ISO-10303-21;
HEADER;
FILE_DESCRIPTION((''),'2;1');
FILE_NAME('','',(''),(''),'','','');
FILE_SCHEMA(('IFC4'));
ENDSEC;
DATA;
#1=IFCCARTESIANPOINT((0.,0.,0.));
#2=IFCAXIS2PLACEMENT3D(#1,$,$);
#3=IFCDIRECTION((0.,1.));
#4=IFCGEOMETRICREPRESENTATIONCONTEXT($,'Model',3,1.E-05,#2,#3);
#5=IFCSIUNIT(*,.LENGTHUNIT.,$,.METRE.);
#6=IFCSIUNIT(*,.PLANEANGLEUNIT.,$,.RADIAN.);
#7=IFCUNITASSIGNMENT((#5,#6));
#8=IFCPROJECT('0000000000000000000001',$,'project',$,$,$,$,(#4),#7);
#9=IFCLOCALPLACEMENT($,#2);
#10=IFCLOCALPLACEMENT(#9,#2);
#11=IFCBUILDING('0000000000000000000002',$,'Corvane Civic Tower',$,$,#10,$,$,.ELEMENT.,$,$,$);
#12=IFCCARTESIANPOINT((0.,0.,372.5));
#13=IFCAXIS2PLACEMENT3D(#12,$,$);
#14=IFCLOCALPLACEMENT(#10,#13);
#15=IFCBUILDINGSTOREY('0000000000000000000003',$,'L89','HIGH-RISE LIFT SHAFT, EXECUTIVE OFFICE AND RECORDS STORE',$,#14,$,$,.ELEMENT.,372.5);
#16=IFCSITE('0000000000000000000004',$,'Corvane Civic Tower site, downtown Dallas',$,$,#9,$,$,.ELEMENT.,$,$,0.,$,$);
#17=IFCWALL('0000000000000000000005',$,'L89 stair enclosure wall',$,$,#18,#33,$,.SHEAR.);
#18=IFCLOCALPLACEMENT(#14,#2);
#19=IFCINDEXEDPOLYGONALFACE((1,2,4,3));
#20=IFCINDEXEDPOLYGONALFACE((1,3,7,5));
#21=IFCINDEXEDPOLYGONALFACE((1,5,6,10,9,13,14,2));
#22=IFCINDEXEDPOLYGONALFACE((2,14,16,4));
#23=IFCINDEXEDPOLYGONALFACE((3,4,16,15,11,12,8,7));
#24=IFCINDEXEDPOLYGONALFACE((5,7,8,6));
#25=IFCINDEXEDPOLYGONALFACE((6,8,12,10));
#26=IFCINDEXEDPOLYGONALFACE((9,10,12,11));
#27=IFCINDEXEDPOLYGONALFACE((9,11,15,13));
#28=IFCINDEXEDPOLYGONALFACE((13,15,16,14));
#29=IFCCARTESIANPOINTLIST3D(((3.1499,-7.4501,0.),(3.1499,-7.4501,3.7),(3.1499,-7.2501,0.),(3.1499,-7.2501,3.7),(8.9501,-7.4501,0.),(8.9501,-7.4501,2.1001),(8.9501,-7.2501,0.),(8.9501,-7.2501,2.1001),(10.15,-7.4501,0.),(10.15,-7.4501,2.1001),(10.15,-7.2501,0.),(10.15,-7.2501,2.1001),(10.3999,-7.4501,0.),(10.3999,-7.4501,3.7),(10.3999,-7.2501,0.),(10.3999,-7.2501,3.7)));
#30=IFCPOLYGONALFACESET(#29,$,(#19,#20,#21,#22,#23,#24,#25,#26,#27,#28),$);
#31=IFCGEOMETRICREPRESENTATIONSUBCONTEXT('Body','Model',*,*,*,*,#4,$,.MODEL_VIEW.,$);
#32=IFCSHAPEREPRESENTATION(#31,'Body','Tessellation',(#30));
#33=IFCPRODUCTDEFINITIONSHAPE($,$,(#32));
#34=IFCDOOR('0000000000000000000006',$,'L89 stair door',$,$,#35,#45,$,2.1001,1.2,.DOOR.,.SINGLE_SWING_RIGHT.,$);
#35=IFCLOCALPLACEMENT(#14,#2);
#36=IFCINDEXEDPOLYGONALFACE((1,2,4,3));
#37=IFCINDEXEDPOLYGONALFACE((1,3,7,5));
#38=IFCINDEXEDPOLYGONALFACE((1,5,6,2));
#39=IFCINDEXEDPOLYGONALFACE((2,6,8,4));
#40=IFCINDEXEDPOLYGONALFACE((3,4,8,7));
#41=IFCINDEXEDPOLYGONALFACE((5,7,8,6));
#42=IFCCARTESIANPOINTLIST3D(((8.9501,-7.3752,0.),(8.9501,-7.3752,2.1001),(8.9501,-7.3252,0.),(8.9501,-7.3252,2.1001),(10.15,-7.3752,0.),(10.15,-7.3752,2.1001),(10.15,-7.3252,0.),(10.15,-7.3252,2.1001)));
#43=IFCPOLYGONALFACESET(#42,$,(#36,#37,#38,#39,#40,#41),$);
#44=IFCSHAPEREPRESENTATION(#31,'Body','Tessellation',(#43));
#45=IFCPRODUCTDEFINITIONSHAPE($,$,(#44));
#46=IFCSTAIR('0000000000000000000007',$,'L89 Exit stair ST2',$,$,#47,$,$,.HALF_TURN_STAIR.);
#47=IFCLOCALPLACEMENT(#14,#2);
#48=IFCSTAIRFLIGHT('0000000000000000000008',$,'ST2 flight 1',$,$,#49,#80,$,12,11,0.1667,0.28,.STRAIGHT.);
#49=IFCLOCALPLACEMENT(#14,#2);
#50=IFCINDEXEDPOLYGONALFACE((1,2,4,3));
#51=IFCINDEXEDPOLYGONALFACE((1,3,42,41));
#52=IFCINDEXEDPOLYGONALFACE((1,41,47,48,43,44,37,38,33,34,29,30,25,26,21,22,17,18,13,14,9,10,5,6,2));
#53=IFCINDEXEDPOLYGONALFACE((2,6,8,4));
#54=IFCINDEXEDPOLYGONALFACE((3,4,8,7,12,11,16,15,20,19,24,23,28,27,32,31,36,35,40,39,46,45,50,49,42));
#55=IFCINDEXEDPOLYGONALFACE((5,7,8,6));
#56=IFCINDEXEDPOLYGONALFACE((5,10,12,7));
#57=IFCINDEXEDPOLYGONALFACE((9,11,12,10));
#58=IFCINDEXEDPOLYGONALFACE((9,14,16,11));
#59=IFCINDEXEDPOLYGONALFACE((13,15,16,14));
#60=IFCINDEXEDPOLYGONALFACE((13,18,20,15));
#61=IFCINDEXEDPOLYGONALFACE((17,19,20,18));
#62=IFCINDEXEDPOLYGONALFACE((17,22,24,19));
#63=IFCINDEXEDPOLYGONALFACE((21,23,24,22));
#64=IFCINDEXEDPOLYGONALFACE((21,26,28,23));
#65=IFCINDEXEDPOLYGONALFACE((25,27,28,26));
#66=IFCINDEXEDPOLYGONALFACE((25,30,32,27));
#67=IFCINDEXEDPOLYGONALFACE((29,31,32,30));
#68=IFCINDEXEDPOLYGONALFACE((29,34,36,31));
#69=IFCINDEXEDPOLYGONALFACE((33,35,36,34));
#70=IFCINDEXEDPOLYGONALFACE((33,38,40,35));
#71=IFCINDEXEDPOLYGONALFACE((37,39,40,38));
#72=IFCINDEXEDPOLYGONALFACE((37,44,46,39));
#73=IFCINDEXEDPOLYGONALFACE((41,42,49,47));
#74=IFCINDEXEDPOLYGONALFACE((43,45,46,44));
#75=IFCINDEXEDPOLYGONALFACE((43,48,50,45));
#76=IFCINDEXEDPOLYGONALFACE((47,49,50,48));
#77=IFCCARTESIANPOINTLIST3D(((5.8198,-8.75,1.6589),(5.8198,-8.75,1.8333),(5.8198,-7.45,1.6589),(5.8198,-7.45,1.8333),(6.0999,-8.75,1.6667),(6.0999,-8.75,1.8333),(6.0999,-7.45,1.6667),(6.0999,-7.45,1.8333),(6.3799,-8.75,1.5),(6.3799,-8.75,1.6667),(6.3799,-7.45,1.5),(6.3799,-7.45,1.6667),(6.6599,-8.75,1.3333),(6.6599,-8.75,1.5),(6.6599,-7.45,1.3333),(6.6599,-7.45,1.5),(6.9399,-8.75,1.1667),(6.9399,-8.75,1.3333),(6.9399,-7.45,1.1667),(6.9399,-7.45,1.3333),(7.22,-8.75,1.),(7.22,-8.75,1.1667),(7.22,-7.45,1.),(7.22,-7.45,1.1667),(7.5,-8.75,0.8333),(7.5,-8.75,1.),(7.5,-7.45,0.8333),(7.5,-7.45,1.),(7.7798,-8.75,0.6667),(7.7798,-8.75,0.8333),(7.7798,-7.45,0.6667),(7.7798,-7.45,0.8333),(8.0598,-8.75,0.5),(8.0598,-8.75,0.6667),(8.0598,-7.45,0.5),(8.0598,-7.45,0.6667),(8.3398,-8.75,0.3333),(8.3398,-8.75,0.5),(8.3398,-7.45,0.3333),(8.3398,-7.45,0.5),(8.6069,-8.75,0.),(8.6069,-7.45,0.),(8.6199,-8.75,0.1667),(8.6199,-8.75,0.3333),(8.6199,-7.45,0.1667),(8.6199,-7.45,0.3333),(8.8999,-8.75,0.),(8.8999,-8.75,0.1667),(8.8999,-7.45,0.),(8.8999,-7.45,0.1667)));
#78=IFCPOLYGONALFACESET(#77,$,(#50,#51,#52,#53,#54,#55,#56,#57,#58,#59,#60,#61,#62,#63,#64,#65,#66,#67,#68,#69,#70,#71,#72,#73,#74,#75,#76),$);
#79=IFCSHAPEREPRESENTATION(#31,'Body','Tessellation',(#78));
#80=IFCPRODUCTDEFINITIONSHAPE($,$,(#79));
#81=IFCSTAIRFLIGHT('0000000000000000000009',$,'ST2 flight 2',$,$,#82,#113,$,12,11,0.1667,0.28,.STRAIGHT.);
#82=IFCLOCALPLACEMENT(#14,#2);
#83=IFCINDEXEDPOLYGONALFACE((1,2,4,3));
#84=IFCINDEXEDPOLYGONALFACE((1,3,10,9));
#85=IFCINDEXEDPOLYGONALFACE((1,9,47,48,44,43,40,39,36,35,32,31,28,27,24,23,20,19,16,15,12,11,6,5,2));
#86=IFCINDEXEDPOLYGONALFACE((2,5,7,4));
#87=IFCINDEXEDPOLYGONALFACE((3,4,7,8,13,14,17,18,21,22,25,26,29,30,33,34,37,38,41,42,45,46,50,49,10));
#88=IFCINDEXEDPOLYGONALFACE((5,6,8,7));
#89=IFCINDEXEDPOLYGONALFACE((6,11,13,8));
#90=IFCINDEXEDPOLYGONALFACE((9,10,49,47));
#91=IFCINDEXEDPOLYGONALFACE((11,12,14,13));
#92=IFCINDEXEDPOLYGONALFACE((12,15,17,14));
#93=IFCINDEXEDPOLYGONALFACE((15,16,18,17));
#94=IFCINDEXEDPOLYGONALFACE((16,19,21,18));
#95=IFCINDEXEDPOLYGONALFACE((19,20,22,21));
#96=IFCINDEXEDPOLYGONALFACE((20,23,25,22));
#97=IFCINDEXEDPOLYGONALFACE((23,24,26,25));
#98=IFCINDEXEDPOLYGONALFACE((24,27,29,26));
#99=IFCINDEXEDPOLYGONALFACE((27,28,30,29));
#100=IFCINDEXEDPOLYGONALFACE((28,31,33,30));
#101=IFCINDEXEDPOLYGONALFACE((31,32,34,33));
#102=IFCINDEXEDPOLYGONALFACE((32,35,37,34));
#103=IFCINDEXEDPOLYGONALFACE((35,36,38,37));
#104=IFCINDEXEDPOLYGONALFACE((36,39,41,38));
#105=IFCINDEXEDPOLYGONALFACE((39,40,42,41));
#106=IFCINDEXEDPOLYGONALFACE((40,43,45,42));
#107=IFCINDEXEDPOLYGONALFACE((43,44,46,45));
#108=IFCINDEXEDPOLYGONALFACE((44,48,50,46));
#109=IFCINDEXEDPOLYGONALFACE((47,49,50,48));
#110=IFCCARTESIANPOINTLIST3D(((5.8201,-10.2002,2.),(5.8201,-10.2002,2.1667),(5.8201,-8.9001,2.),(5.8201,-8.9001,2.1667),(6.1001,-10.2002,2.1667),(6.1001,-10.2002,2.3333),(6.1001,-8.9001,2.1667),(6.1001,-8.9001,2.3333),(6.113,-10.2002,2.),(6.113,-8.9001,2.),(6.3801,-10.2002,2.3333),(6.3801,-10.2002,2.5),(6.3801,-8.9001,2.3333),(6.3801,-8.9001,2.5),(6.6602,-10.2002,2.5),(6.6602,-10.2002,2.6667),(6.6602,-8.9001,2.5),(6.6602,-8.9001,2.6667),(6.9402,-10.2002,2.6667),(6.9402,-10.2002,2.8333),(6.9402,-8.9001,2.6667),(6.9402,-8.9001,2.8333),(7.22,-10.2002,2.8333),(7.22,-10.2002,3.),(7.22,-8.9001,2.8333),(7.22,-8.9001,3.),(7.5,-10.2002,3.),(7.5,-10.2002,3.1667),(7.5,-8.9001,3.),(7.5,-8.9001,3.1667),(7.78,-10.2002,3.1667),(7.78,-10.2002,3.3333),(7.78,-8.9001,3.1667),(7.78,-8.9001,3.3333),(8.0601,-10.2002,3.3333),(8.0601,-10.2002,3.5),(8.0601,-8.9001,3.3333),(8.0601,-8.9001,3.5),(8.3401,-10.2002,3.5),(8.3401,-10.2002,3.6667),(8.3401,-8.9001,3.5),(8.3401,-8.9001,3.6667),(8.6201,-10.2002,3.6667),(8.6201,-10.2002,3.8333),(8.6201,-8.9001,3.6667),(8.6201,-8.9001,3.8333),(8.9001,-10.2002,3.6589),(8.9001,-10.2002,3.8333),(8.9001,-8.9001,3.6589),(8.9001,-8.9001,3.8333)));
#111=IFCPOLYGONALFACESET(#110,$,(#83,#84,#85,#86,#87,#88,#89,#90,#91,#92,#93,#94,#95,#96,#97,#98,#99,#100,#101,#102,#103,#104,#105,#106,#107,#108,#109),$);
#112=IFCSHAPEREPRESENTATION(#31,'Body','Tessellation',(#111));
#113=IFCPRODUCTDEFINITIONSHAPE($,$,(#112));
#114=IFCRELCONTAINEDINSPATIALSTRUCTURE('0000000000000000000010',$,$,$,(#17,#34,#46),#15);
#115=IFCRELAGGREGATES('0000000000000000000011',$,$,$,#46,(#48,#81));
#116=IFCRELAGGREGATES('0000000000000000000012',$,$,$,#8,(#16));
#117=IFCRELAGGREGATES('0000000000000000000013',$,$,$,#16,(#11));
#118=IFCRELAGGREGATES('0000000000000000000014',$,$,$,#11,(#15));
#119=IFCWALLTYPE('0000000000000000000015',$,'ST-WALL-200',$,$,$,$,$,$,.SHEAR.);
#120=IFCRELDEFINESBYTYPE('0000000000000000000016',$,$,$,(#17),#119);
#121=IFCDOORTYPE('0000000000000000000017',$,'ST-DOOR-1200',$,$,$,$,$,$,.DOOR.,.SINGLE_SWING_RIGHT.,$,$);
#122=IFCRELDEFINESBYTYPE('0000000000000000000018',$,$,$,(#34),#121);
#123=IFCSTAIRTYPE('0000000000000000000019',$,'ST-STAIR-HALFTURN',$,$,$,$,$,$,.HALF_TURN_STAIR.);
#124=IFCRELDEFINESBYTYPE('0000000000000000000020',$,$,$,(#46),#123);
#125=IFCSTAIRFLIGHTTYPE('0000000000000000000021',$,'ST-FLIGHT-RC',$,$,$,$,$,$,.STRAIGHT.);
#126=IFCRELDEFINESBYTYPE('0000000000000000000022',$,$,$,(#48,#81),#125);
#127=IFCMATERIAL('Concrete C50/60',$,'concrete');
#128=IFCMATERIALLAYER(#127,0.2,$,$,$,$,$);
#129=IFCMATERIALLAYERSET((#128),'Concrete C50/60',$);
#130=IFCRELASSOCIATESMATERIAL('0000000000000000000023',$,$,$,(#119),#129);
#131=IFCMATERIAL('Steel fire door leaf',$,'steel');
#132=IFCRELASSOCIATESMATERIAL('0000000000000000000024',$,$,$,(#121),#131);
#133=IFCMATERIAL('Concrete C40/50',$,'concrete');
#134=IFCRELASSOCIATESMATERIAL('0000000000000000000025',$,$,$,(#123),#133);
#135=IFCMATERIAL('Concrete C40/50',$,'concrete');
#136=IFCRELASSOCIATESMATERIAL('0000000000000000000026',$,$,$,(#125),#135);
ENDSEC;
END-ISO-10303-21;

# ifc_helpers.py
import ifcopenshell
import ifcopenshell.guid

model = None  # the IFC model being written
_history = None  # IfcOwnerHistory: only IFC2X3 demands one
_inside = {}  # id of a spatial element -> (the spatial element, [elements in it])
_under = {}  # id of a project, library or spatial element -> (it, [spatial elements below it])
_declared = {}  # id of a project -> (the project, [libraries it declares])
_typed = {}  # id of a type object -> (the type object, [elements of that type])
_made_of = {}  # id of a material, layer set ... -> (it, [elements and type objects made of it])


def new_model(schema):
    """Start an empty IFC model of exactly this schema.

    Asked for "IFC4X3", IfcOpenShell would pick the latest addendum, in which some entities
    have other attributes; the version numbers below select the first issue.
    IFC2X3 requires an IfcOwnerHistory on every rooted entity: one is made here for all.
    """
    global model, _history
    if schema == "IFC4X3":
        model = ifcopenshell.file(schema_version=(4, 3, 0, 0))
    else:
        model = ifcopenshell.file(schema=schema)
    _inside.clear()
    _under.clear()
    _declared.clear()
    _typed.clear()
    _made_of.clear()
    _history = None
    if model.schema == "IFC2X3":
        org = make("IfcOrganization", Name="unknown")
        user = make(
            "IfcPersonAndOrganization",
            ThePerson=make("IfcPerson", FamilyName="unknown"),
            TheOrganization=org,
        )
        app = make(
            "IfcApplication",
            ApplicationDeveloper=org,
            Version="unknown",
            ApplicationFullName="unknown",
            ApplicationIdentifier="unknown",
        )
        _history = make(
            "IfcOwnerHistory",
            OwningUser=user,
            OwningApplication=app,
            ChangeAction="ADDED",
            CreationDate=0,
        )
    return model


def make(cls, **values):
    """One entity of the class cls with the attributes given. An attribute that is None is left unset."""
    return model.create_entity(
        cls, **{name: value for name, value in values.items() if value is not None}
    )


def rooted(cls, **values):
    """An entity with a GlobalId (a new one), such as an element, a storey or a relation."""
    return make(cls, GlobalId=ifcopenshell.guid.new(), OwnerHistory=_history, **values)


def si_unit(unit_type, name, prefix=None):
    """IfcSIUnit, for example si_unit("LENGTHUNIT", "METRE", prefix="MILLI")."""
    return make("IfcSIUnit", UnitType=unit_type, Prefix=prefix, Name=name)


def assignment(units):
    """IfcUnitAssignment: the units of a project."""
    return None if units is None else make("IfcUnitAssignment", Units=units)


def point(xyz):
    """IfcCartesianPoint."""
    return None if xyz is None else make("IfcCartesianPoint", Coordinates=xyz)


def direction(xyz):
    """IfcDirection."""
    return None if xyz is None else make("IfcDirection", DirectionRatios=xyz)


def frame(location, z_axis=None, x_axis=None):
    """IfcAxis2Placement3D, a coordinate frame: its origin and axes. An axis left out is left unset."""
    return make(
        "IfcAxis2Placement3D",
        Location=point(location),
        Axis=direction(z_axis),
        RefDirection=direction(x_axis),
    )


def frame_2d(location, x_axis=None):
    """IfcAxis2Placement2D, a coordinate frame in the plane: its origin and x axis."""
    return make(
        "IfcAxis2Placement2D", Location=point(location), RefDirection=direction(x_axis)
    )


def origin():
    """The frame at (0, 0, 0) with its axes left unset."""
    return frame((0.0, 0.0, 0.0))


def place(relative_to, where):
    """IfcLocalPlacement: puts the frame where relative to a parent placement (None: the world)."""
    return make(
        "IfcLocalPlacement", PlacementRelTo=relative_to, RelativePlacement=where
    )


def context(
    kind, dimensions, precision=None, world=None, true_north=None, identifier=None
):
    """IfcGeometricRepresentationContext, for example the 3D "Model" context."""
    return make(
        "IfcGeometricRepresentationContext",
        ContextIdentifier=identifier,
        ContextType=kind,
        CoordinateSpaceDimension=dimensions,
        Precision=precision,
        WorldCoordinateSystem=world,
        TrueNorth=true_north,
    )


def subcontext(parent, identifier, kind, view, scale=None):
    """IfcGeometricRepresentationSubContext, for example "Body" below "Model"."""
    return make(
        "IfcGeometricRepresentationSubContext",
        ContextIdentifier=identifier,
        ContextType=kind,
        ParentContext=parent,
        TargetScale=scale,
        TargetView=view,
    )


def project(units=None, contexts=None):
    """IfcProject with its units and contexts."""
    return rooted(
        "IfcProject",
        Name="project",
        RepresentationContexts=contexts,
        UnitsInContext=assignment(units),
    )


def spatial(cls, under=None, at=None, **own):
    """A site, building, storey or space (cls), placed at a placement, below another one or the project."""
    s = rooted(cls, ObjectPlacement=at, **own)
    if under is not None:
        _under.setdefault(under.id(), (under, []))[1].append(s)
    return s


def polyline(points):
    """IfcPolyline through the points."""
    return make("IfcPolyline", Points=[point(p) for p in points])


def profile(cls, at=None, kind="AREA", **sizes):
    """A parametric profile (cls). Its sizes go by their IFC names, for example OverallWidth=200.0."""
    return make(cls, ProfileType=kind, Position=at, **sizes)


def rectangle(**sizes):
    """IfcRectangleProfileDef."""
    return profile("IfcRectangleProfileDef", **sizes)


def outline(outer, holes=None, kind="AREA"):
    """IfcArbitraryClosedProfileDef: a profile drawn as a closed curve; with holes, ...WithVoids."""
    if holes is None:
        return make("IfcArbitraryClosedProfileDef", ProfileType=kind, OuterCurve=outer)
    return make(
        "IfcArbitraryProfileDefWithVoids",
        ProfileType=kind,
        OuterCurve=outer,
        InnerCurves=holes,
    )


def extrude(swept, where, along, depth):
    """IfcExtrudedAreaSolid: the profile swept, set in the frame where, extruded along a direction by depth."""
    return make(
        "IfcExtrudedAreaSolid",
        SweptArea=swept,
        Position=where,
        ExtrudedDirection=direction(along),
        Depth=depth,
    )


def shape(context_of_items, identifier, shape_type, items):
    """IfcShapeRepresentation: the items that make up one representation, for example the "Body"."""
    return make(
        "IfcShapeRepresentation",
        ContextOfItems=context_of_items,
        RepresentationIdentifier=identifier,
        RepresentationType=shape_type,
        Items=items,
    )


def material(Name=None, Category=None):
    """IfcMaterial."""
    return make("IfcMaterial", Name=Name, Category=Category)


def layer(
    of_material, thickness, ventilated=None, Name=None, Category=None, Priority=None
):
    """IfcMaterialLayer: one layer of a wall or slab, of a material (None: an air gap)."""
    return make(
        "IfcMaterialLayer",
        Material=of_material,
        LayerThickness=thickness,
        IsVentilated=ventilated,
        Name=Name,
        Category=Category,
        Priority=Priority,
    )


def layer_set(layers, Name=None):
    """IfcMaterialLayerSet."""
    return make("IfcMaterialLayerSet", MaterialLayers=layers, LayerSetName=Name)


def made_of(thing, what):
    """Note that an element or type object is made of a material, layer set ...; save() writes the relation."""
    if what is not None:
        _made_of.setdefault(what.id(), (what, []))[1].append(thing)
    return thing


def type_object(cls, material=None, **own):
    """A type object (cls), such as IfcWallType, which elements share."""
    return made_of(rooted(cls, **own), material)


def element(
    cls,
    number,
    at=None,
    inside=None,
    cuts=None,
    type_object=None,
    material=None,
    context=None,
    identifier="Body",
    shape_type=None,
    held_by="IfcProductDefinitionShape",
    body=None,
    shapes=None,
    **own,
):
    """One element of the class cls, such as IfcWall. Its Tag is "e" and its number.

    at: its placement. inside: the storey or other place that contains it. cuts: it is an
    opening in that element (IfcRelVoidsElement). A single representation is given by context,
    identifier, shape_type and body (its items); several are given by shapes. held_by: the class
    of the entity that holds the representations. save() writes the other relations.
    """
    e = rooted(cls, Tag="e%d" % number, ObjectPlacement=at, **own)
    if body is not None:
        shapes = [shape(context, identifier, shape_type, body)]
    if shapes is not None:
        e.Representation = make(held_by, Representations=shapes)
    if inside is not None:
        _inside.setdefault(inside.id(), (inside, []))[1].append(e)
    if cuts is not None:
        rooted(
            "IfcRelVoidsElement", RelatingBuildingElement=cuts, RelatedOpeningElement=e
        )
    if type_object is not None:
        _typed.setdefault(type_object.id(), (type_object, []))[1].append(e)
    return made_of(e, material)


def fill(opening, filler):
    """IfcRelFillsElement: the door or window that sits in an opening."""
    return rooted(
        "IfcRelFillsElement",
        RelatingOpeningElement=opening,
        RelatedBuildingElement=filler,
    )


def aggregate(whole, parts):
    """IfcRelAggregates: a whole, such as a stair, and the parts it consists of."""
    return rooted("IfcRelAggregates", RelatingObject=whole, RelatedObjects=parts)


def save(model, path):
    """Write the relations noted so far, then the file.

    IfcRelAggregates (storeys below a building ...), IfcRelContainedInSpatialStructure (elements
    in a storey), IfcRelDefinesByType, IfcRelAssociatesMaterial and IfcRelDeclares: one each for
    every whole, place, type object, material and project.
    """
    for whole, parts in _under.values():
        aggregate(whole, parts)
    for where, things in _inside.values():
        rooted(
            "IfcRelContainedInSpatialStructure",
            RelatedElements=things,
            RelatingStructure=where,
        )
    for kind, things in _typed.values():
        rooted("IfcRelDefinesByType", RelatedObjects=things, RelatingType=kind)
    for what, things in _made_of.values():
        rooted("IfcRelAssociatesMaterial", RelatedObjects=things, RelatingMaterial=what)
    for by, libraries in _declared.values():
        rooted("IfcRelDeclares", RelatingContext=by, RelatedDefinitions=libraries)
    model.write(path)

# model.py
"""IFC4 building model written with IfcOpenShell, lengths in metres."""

from ifc_helpers import new_model, si_unit, direction, frame, frame_2d, origin, place, context, subcontext, project, spatial, polyline, rectangle, outline, extrude, material, layer, layer_set, type_object, element, fill, aggregate, save


model = new_model("IFC4")

# Units and contexts
model_context = context("Model", 3, precision=1e-05, world=origin(), true_north=direction((0.0, 1.0)))
body_context = subcontext(model_context, "Body", "Model", "MODEL_VIEW")
ifc_project = project(units=[si_unit("LENGTHUNIT", "METRE"), si_unit("PLANEANGLEUNIT", "RADIAN")], contexts=[model_context])

# Site, building, storey
site_placement = place(None, origin())
site = spatial("IfcSite", under=ifc_project, at=site_placement, Name="Corvane Civic Tower site, downtown Dallas", CompositionType="ELEMENT", RefElevation=0.0)
building_placement = place(site_placement, origin())
building = spatial("IfcBuilding", under=site, at=building_placement, Name="Corvane Civic Tower", CompositionType="ELEMENT")
storey_placement = place(building_placement, frame((0.0, 0.0, 372.5)))
storey = spatial("IfcBuildingStorey", under=building, at=storey_placement, Name="L89", Description="HIGH-RISE LIFT SHAFT, EXECUTIVE OFFICE AND RECORDS STORE", CompositionType="ELEMENT", Elevation=372.5)

# Wall, opening, door
ifc_material_1 = material(Name="Concrete C50/60", Category="concrete")
ifc_layer_1 = layer(ifc_material_1, 0.2)
ifc_layer_set_1 = layer_set([ifc_layer_1], Name="Concrete C50/60")
wall_type_1 = type_object("IfcWallType", Name="ST-WALL-200", PredefinedType="SHEAR", material=ifc_layer_set_1)
wall_1_placement = place(storey_placement, frame((3.1499, -7.3501, 0.0), z_axis=(0.0, 0.0, 1.0), x_axis=(1.0, 0.0, 0.0)))
wall_1 = element("IfcWall", 1, at=wall_1_placement, inside=storey, type_object=wall_type_1, Name="L89 stair enclosure wall", PredefinedType="SHEAR", context=body_context, shape_type="SweptSolid", body=[
    extrude(rectangle(XDim=7.25, YDim=0.2, at=frame_2d((3.625, 0.0))), origin(), (0.0, 0.0, 1.0), 3.7),
])
opening_1_placement = place(wall_1_placement, frame((5.8, 0.0, 0.0)))
opening_1 = element("IfcOpeningElement", 2, at=opening_1_placement, cuts=wall_1, PredefinedType="OPENING", context=body_context, shape_type="SweptSolid", body=[
    extrude(rectangle(XDim=1.2, YDim=2.1001, at=frame_2d((0.6001, 1.05))), frame((0.0, 0.1099, 0.0), z_axis=(0.0, -1.0, 0.0), x_axis=(1.0, 0.0, 0.0)), (0.0, 0.0, 1.0), 0.22),
])
ifc_material_2 = material(Name="Steel fire door leaf", Category="steel")
door_type_1 = type_object("IfcDoorType", Name="ST-DOOR-1200", OperationType="SINGLE_SWING_RIGHT", PredefinedType="DOOR", material=ifc_material_2)
door_1_placement = place(opening_1_placement, origin())
door_1 = element("IfcDoor", 3, at=door_1_placement, inside=storey, type_object=door_type_1, Name="L89 stair door", OperationType="SINGLE_SWING_RIGHT", OverallHeight=2.1001, OverallWidth=1.2, PredefinedType="DOOR", context=body_context, shape_type="SweptSolid", body=[
    extrude(rectangle(XDim=1.2, YDim=2.1001, at=frame_2d((0.6001, 1.05))), frame((0.0, 0.0249, 0.0), z_axis=(0.0, -1.0, 0.0), x_axis=(1.0, 0.0, 0.0)), (0.0, 0.0, 1.0), 0.05),
])
fill(opening_1, door_1)

# Stair, stair flights
ifc_material_3 = material(Name="Concrete C40/50", Category="concrete")
stair_type = type_object("IfcStairType", Name="ST-STAIR-HALFTURN", PredefinedType="HALF_TURN_STAIR", material=ifc_material_3)
stair_placement = place(storey_placement, origin())
stair = element("IfcStair", 4, at=stair_placement, inside=storey, type_object=stair_type, Name="L89 Exit stair ST2", PredefinedType="HALF_TURN_STAIR")
ifc_material_4 = material(Name="Concrete C40/50", Category="concrete")
stair_flight_type = type_object("IfcStairFlightType", Name="ST-FLIGHT-RC", PredefinedType="STRAIGHT", material=ifc_material_4)
stair_flight_1_placement = place(storey_placement, frame((8.8999, -8.1001, 0.0), z_axis=(0.0, 0.0, 1.0), x_axis=(-1.0, 0.0, 0.0)))
stair_flight_1 = element("IfcStairFlight", 5, at=stair_flight_1_placement, type_object=stair_flight_type, Name="ST2 flight 1", NumberOfRisers=12, NumberOfTreads=11, PredefinedType="STRAIGHT", RiserHeight=0.1667, TreadLength=0.28, context=body_context, shape_type="SweptSolid", body=[
    extrude(outline(polyline([(0.0, 0.0), (0.0, 0.1667), (0.28, 0.1667), (0.28, 0.3333), (0.5601, 0.3333), (0.5601, 0.5), (0.8401, 0.5), (0.8401, 0.6667), (1.1201, 0.6667), (1.1201, 0.8333), (1.3999, 0.8333), (1.3999, 1.0), (1.6799, 1.0), (1.6799, 1.1667), (1.96, 1.1667), (1.96, 1.3333), (2.24, 1.3333), (2.24, 1.5), (2.52, 1.5), (2.52, 1.6667), (2.8, 1.6667), (2.8, 1.8333), (3.0801, 1.8333), (3.0801, 2.0), (3.0801, 1.6589), (0.293, 0.0), (0.0, 0.0)])), frame((0.0, 0.6499, 0.0), z_axis=(0.0, -1.0, 0.0), x_axis=(1.0, 0.0, 0.0)), (0.0, 0.0, 1.0), 1.3),
])
stair_flight_2_placement = place(storey_placement, frame((5.8201, -9.55, 2.0), z_axis=(0.0, 0.0, 1.0), x_axis=(1.0, 0.0, 0.0)))
stair_flight_2 = element("IfcStairFlight", 6, at=stair_flight_2_placement, type_object=stair_flight_type, Name="ST2 flight 2", NumberOfRisers=12, NumberOfTreads=11, PredefinedType="STRAIGHT", RiserHeight=0.1667, TreadLength=0.28, context=body_context, shape_type="SweptSolid", body=[
    extrude(outline(polyline([(0.0, 0.0), (0.0, 0.1667), (0.28, 0.1667), (0.28, 0.3333), (0.5601, 0.3333), (0.5601, 0.5), (0.8401, 0.5), (0.8401, 0.6667), (1.1201, 0.6667), (1.1201, 0.8333), (1.3999, 0.8333), (1.3999, 1.0), (1.6799, 1.0), (1.6799, 1.1667), (1.96, 1.1667), (1.96, 1.3333), (2.24, 1.3333), (2.24, 1.5), (2.52, 1.5), (2.52, 1.6667), (2.8, 1.6667), (2.8, 1.8333), (3.0801, 1.8333), (3.0801, 2.0), (3.0801, 1.6589), (0.293, 0.0), (0.0, 0.0)])), frame((0.0, 0.6499, 0.0), z_axis=(0.0, -1.0, 0.0), x_axis=(1.0, 0.0, 0.0)), (0.0, 0.0, 1.0), 1.3),
])
aggregate(stair, [stair_flight_1, stair_flight_2])

save(model, "model.ifc")
